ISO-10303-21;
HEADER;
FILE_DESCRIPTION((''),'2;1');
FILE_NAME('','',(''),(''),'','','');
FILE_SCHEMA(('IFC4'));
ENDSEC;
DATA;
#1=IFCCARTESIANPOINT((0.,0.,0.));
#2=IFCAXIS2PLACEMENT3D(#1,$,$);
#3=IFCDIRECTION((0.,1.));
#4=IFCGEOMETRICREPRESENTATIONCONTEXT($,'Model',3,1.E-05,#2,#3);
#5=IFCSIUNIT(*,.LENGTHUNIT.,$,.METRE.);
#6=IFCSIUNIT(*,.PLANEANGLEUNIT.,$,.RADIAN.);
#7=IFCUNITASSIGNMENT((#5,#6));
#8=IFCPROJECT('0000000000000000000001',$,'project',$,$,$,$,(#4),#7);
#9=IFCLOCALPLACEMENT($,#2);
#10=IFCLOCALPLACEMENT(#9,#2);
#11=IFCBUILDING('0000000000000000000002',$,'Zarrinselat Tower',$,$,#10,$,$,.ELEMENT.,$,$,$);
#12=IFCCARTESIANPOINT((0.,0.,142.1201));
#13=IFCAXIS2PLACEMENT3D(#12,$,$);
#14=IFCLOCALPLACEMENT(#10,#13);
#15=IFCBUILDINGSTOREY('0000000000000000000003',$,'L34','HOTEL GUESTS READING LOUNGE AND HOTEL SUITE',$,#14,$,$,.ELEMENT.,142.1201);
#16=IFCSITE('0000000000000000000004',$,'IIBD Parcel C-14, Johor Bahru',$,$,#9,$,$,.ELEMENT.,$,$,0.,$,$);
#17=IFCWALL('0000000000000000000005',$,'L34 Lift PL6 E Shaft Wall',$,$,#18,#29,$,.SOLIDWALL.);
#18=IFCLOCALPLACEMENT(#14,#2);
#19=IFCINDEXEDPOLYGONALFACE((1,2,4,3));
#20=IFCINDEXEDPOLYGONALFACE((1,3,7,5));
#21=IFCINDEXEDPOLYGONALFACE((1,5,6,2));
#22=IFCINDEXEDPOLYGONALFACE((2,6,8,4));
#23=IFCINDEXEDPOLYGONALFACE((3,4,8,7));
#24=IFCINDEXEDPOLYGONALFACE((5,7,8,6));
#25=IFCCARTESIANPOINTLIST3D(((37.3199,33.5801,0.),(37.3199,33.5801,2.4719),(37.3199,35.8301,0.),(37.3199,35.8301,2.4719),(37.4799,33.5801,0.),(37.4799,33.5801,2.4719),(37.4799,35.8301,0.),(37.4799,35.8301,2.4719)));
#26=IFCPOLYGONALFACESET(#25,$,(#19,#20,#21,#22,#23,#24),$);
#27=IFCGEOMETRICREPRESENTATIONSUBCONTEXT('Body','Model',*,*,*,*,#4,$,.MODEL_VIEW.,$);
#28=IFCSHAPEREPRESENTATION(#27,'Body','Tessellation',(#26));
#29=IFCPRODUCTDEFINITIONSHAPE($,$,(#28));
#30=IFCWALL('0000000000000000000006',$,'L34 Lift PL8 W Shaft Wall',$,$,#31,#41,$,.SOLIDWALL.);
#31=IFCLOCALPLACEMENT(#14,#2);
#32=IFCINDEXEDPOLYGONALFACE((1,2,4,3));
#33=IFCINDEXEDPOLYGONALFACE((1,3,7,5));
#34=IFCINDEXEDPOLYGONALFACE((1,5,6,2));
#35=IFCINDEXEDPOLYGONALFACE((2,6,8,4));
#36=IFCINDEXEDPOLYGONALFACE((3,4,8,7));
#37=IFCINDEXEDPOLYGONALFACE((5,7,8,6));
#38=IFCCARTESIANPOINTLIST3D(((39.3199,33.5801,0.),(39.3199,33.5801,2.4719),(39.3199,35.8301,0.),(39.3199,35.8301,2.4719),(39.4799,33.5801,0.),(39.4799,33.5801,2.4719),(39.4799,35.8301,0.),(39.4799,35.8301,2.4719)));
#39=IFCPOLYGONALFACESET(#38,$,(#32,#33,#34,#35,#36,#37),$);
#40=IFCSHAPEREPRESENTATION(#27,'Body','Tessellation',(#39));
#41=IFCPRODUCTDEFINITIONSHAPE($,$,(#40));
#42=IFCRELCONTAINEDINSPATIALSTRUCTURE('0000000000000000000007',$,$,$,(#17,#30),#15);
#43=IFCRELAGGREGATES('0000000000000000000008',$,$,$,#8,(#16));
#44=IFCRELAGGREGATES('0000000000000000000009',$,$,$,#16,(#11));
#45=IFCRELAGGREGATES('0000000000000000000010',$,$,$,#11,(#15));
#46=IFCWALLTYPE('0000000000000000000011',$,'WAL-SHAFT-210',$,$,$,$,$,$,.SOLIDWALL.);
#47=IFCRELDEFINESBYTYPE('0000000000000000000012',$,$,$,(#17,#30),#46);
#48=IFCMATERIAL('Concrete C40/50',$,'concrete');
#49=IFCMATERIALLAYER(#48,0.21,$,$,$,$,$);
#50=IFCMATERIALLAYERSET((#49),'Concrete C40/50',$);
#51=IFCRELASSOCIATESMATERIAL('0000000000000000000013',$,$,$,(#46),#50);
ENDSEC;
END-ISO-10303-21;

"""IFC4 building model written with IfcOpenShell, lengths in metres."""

from ifc_helpers import new_model, si_unit, direction, frame, frame_2d, origin, place, context, subcontext, project, spatial, rectangle, extrude, material, layer, layer_set, type_object, element, save


model = new_model("IFC4")

# Units and contexts
model_context = context("Model", 3, precision=1e-05, world=origin(), true_north=direction((0.0, 1.0)))
body_context = subcontext(model_context, "Body", "Model", "MODEL_VIEW")
ifc_project = project(units=[si_unit("LENGTHUNIT", "METRE"), si_unit("PLANEANGLEUNIT", "RADIAN")], contexts=[model_context])

# Site, building, storey
site_placement = place(None, origin())
site = spatial("IfcSite", under=ifc_project, at=site_placement, Name="IIBD Parcel C-14, Johor Bahru", CompositionType="ELEMENT", RefElevation=0.0)
building_placement = place(site_placement, origin())
building = spatial("IfcBuilding", under=site, at=building_placement, Name="Zarrinselat Tower", CompositionType="ELEMENT")
storey_placement = place(building_placement, frame((0.0, 0.0, 142.1201)))
storey = spatial("IfcBuildingStorey", under=building, at=storey_placement, Name="L34", Description="HOTEL GUESTS READING LOUNGE AND HOTEL SUITE", CompositionType="ELEMENT", Elevation=142.1201)

# Walls
ifc_material_1 = material(Name="Concrete C40/50", Category="concrete")
ifc_layer_1 = layer(ifc_material_1, 0.21)
ifc_layer_set_1 = layer_set([ifc_layer_1], Name="Concrete C40/50")
wall_type_1 = type_object("IfcWallType", Name="WAL-SHAFT-210", PredefinedType="SOLIDWALL", material=ifc_layer_set_1)
for number, where, z_axis, x_axis, name in (
    (1, (37.3999, 33.5801, 0.0), (0.0, 0.0, 1.0), (0.0, 1.0, 0.0), "L34 Lift PL6 E Shaft Wall"),
    (2, (39.3999, 33.5801, 0.0), (0.0, 0.0, 1.0), (0.0, 1.0, 0.0), "L34 Lift PL8 W Shaft Wall"),
):
    element("IfcWall", number, at=place(storey_placement, frame(where, z_axis=z_axis, x_axis=x_axis)), inside=storey, type_object=wall_type_1, Name=name, PredefinedType="SOLIDWALL", context=body_context, shape_type="SweptSolid", body=[
        extrude(rectangle(XDim=2.25, YDim=0.1599, at=frame_2d((1.125, 0.0))), origin(), (0.0, 0.0, 1.0), 2.4719),
    ])

save(model, "model.ifc")
